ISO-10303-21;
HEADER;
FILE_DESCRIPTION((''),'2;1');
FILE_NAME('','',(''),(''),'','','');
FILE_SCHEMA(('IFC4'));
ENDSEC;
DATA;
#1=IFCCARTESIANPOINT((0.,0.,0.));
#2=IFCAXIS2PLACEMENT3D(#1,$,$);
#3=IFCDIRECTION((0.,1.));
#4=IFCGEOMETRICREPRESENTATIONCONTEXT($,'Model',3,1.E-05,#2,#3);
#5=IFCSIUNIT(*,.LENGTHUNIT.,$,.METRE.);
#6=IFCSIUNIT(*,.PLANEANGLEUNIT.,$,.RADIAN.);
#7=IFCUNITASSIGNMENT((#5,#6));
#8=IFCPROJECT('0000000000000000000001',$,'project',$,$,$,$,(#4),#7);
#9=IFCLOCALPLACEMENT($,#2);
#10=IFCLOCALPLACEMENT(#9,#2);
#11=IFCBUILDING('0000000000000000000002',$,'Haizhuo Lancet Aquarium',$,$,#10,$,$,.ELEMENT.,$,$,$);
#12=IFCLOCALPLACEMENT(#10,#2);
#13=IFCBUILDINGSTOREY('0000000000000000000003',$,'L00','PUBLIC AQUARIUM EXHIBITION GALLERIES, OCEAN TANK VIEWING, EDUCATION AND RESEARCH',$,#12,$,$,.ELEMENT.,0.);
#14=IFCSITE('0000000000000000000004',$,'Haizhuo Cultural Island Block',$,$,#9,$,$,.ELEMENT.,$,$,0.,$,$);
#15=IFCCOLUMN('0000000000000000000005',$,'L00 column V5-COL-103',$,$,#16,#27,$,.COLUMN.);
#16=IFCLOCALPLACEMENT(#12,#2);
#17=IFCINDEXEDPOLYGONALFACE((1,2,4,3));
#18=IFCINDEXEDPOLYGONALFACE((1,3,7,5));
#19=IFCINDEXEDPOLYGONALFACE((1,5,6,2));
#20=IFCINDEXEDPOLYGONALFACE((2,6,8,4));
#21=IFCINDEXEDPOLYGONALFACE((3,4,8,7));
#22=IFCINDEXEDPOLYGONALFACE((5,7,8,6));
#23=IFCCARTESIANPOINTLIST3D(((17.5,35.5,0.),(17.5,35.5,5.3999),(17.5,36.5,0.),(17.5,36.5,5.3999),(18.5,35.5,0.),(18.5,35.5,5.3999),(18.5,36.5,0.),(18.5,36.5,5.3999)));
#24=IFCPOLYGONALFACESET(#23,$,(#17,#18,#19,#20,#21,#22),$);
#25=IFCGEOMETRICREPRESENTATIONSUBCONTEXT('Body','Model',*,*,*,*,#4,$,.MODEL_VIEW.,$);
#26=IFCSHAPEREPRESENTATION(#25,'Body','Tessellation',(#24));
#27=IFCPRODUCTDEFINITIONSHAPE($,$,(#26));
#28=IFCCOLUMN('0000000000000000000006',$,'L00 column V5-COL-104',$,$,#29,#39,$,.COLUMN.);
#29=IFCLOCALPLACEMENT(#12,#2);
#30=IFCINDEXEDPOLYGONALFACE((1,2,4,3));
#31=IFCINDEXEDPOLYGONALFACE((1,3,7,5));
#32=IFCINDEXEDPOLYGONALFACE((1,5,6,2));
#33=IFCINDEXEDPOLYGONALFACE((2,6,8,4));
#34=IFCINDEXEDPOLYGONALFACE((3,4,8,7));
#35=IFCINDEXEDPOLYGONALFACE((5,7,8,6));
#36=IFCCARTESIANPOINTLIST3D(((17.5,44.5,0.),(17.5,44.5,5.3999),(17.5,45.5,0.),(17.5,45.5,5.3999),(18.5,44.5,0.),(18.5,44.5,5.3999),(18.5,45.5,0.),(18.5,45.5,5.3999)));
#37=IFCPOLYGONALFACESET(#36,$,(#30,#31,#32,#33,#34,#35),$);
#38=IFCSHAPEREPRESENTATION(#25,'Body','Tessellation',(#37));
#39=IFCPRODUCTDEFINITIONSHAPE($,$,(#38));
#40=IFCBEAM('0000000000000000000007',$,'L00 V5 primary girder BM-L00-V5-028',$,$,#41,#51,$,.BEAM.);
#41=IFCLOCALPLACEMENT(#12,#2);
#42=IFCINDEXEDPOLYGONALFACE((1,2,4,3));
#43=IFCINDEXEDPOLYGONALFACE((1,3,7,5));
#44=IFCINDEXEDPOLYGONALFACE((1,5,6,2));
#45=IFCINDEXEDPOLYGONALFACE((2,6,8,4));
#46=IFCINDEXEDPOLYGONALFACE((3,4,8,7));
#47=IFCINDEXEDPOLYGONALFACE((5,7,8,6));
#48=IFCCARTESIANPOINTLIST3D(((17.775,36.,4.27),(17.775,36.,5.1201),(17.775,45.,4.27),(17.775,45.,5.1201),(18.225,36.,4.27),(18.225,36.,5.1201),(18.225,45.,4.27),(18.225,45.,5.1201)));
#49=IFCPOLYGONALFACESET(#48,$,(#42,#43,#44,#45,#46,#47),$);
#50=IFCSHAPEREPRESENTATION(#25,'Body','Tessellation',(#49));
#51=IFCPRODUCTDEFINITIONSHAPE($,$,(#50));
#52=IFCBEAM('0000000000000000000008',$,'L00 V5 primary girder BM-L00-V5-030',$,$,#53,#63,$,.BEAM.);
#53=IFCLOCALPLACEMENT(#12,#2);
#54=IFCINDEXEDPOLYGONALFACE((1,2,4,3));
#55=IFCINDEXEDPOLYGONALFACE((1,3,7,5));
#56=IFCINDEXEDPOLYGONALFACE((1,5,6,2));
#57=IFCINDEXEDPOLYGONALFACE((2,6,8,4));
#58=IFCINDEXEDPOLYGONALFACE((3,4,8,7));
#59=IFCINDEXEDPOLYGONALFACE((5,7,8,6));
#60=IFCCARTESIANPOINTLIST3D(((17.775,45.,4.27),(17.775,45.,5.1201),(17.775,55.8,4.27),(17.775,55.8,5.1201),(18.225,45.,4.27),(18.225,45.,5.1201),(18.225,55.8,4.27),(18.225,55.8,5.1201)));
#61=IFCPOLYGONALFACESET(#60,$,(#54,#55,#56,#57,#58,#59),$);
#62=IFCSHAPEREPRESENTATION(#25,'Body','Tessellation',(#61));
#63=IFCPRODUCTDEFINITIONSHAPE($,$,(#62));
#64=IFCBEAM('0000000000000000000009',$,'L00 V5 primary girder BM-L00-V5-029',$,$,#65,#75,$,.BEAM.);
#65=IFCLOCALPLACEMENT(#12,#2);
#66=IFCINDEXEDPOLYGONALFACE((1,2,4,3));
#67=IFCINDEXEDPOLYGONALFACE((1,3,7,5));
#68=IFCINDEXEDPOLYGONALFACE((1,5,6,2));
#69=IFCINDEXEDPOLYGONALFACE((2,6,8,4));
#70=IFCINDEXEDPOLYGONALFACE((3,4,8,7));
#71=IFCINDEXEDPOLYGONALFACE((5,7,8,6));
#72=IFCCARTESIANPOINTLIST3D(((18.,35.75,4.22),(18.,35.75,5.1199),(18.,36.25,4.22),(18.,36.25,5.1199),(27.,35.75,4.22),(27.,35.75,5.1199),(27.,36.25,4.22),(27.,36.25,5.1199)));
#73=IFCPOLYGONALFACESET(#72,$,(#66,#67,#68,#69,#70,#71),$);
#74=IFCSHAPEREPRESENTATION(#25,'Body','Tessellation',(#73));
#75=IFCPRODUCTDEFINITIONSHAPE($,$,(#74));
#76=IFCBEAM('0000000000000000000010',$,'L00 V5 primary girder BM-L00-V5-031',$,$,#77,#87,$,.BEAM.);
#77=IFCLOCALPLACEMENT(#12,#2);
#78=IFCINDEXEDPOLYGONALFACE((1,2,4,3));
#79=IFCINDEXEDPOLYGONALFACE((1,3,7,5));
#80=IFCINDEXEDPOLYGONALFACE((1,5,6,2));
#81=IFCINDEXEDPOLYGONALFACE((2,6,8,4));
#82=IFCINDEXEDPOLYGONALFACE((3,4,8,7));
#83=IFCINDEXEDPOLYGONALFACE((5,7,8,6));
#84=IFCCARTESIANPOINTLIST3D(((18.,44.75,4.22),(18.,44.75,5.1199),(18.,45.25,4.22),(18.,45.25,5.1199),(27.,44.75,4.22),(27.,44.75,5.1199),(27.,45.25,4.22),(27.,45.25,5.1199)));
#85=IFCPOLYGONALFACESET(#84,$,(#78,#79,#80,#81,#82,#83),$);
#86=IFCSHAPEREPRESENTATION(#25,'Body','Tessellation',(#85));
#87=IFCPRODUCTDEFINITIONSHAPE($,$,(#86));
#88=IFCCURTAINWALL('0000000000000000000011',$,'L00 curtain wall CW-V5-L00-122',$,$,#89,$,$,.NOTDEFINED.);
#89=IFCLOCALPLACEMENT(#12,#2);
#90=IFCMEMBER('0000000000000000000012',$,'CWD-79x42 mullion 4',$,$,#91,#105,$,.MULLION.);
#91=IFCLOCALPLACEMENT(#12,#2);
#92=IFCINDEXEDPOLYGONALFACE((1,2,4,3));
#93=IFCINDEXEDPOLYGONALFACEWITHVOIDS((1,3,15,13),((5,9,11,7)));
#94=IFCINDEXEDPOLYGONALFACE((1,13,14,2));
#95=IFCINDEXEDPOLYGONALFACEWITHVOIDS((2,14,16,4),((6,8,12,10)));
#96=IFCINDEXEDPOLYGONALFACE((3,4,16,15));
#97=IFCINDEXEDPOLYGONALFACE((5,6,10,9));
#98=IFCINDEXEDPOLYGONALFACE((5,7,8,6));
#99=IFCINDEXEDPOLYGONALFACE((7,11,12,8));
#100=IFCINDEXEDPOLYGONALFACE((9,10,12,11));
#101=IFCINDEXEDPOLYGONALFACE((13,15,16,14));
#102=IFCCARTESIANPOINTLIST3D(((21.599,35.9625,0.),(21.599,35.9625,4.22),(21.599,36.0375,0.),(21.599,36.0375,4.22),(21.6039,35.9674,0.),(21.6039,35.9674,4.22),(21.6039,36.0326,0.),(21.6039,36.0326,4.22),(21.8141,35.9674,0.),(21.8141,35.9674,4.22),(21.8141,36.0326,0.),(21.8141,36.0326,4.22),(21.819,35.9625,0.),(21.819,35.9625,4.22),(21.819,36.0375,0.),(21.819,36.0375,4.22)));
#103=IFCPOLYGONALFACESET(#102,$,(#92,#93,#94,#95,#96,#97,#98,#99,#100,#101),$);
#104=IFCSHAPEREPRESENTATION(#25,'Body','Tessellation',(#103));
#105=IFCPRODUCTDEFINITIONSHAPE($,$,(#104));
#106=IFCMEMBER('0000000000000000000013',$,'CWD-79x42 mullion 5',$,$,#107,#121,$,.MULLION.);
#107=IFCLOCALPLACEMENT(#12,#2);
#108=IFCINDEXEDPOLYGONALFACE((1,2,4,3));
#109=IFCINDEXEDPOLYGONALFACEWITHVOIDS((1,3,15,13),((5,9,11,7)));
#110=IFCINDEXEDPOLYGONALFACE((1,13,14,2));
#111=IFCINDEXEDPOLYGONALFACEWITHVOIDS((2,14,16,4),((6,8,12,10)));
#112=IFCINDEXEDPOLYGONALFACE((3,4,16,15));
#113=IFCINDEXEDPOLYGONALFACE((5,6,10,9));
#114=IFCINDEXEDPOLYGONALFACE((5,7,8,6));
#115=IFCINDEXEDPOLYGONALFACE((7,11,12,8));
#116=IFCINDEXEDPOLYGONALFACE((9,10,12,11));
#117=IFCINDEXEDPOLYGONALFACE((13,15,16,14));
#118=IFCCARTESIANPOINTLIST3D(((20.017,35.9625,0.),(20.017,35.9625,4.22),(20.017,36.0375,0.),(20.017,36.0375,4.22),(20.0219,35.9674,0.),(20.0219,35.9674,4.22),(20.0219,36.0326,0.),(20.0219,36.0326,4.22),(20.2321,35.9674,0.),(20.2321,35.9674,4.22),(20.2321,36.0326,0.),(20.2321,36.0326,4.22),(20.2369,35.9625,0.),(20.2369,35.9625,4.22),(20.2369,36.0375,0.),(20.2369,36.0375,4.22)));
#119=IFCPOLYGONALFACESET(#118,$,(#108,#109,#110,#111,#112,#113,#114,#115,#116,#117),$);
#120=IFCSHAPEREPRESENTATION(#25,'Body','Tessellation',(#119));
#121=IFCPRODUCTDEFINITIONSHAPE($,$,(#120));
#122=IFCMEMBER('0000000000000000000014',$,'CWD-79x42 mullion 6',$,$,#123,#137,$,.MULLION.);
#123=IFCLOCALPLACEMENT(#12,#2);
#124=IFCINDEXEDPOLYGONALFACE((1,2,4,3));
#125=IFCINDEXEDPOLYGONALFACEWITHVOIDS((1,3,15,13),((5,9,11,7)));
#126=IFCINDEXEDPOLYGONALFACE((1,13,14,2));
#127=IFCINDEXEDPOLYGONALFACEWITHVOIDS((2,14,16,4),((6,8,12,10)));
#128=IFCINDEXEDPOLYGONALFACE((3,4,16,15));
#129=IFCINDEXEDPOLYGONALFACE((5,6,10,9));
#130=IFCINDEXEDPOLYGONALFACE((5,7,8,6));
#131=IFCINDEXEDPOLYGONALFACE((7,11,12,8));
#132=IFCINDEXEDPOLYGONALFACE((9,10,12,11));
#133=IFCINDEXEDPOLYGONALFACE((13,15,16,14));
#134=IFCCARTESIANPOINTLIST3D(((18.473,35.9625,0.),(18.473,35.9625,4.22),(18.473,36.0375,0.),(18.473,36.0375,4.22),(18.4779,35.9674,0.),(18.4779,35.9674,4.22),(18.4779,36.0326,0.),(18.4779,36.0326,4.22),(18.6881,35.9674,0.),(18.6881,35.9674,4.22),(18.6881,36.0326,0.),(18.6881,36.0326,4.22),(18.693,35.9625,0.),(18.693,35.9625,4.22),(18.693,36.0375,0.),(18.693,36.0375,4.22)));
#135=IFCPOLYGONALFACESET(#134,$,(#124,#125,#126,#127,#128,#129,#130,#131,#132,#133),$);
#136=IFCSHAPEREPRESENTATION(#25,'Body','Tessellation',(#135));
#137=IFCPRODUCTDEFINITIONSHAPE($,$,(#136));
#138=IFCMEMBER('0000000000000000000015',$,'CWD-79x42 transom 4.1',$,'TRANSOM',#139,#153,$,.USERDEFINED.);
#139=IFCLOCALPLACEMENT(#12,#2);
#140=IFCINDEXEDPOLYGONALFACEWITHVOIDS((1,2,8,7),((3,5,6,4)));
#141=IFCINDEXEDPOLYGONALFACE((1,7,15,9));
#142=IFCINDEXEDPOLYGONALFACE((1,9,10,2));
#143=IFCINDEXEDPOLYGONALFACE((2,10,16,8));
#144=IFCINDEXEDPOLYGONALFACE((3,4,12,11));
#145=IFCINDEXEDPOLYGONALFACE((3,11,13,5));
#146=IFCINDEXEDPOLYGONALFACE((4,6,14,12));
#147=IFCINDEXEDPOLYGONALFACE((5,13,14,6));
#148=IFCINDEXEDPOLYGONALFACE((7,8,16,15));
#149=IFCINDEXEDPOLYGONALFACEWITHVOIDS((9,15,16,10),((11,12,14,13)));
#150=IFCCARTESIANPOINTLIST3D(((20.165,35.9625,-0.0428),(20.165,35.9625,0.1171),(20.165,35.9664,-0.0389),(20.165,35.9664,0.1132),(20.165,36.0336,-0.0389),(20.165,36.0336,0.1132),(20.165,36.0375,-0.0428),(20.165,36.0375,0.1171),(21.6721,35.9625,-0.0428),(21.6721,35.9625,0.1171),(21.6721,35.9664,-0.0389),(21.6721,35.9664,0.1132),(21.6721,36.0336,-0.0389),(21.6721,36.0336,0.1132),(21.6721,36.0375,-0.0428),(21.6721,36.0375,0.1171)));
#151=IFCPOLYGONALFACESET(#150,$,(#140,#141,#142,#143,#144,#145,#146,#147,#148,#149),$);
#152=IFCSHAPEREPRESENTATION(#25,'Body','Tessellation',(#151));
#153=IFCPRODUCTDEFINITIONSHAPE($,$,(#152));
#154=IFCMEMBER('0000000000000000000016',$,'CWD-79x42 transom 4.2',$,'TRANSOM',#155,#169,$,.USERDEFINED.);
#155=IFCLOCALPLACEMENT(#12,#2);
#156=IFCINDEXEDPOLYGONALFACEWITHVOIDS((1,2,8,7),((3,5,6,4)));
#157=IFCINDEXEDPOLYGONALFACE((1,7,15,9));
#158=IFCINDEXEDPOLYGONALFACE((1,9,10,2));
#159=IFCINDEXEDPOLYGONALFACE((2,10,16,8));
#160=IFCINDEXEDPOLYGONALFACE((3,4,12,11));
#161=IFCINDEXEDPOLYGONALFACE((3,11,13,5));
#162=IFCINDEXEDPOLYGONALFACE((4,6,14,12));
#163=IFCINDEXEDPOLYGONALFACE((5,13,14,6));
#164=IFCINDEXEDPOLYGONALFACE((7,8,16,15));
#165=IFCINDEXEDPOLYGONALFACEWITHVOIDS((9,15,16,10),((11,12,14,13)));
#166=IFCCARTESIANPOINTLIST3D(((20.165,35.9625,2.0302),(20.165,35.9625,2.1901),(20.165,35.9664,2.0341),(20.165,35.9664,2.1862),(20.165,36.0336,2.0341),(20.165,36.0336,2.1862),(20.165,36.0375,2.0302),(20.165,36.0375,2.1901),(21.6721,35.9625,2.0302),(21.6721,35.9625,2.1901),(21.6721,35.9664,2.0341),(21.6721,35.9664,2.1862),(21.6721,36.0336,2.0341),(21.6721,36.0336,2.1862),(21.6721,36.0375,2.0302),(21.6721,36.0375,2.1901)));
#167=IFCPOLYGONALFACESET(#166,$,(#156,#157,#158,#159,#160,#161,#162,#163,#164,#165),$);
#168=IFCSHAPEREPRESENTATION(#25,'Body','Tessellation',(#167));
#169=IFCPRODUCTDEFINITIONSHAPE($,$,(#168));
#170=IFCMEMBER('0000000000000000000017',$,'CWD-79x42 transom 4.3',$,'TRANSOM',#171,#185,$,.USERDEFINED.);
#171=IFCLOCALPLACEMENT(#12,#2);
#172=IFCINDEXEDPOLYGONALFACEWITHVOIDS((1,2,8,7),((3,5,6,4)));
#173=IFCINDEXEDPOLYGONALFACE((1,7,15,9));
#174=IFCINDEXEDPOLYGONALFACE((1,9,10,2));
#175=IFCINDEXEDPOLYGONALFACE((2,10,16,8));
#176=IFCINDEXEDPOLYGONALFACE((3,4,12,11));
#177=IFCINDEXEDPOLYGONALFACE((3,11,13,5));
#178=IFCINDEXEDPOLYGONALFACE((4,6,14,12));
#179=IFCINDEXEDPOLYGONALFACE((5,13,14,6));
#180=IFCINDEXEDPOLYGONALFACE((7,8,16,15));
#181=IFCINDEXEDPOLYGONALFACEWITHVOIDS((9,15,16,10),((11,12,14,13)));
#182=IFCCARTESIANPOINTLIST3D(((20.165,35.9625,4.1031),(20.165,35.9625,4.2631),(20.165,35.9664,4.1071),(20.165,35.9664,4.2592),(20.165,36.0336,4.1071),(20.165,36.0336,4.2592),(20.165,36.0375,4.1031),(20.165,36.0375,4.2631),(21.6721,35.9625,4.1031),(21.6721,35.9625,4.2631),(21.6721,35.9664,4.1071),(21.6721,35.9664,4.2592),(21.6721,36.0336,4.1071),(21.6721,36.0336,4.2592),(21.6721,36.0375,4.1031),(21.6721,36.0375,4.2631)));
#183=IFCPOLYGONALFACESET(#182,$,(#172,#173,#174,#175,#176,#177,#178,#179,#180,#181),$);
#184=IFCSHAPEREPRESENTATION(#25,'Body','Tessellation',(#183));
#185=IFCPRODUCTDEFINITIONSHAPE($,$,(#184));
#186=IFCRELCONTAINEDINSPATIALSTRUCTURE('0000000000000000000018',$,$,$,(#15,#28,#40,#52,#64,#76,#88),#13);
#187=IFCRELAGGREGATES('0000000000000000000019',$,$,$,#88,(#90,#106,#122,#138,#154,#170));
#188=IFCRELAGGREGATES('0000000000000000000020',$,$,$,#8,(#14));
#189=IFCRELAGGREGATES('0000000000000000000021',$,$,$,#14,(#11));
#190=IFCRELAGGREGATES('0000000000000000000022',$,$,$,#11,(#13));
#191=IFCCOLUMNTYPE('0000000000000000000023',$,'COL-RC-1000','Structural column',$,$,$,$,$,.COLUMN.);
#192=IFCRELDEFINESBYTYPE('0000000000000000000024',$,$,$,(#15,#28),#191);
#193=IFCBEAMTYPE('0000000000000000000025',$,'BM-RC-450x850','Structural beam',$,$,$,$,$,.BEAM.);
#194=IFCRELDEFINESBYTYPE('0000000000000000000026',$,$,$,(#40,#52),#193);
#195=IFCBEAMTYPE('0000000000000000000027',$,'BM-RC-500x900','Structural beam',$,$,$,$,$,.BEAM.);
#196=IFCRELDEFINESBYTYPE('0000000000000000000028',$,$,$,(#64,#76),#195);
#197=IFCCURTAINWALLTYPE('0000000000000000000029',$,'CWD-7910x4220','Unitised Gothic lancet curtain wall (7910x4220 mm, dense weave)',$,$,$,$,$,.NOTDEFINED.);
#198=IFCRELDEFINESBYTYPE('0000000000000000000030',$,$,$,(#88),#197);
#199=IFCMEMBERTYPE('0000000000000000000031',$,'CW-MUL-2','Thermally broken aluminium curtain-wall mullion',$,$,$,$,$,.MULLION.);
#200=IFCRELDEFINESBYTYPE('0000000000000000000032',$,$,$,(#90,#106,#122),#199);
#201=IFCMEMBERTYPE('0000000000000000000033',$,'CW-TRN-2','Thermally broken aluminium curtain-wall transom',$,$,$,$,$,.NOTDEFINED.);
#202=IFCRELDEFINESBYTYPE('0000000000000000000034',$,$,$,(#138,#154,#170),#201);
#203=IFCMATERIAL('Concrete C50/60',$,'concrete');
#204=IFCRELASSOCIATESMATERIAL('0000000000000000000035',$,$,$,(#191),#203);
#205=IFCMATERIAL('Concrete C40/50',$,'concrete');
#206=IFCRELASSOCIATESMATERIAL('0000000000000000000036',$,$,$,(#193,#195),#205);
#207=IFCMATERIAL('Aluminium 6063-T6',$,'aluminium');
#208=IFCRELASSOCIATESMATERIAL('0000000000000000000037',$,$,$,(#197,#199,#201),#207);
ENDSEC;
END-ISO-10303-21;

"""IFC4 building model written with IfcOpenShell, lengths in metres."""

from ifc_helpers import new_model, si_unit, direction, frame, origin, origin_2d, place, context, subcontext, project, spatial, rectangle, hollow_rectangle, extrude, material, material_profile, profile_set, type_object, element, aggregate, save


model = new_model("IFC4")

# Units and contexts
model_context = context("Model", 3, precision=1e-05, world=origin(), true_north=direction((0.0, 1.0)))
body_context = subcontext(model_context, "Body", "Model", "MODEL_VIEW")
ifc_project = project(units=[si_unit("LENGTHUNIT", "METRE"), si_unit("PLANEANGLEUNIT", "RADIAN")], contexts=[model_context])

# Site, building, storey
site_placement = place(None, origin())
site = spatial("IfcSite", under=ifc_project, at=site_placement, Name="Haizhuo Cultural Island Block", CompositionType="ELEMENT", RefElevation=0.0)
building_placement = place(site_placement, origin())
building = spatial("IfcBuilding", under=site, at=building_placement, Name="Haizhuo Lancet Aquarium", CompositionType="ELEMENT")
storey_placement = place(building_placement, origin())
storey = spatial("IfcBuildingStorey", under=building, at=storey_placement, Name="L00", Description="PUBLIC AQUARIUM EXHIBITION GALLERIES, OCEAN TANK VIEWING, EDUCATION AND RESEARCH", CompositionType="ELEMENT", Elevation=0.0)

# Columns
ifc_material_1 = material(Name="Concrete C50/60", Category="concrete")
ifc_material_profile_1 = material_profile(ifc_material_1, rectangle(XDim=1.0, YDim=1.0, at=origin_2d()), Name="RC-COL 1000x1000")
ifc_profile_set_1 = profile_set([ifc_material_profile_1], Name="Concrete C50/60")
column_type = type_object("IfcColumnType", Name="COL-RC-1000", Description="Structural column", PredefinedType="COLUMN", material=ifc_profile_set_1)
for number, where, z_axis, x_axis, name in (
    (1, (18.0, 36.0, 0.0), (0.0, 0.0, 1.0), (1.0, 0.0, 0.0), "L00 column V5-COL-103"),
    (2, (18.0, 45.0, 0.0), (0.0, 0.0, 1.0), (1.0, 0.0, 0.0), "L00 column V5-COL-104"),
):
    element("IfcColumn", number, at=place(storey_placement, frame(where, z_axis=z_axis, x_axis=x_axis)), inside=storey, type_object=column_type, Name=name, PredefinedType="COLUMN", context=body_context, shape_type="SweptSolid", body=[
        extrude(rectangle(XDim=1.0, YDim=1.0, at=origin_2d()), origin(), (0.0, 0.0, 1.0), 5.3999),
    ])

# Beams
ifc_material_2 = material(Name="Concrete C40/50", Category="concrete")
ifc_material_profile_2 = material_profile(ifc_material_2, rectangle(XDim=0.45, YDim=0.8501, at=origin_2d()), Name="RC-BM 450x850")
ifc_profile_set_2 = profile_set([ifc_material_profile_2], Name="Concrete C40/50")
beam_type_1 = type_object("IfcBeamType", Name="BM-RC-450x850", Description="Structural beam", PredefinedType="BEAM", material=ifc_profile_set_2)
beam_1_placement = place(storey_placement, frame((18.0, 36.0, 4.6951), z_axis=(0.0, 1.0, 0.0), x_axis=(-1.0, 0.0, 0.0)))
element("IfcBeam", 3, at=beam_1_placement, inside=storey, type_object=beam_type_1, Name="L00 V5 primary girder BM-L00-V5-028", PredefinedType="BEAM", context=body_context, shape_type="SweptSolid", body=[
    extrude(rectangle(XDim=0.45, YDim=0.8501, at=origin_2d()), origin(), (0.0, 0.0, 1.0), 9.0),
])
beam_2_placement = place(storey_placement, frame((18.0, 45.0, 4.6951), z_axis=(0.0, 1.0, 0.0), x_axis=(-1.0, 0.0, 0.0)))
element("IfcBeam", 4, at=beam_2_placement, inside=storey, type_object=beam_type_1, Name="L00 V5 primary girder BM-L00-V5-030", PredefinedType="BEAM", context=body_context, shape_type="SweptSolid", body=[
    extrude(rectangle(XDim=0.45, YDim=0.8501, at=origin_2d()), origin(), (0.0, 0.0, 1.0), 10.8),
])
ifc_material_profile_3 = material_profile(ifc_material_2, rectangle(XDim=0.5, YDim=0.8999, at=origin_2d()), Name="RC-BM 500x900")
ifc_profile_set_3 = profile_set([ifc_material_profile_3], Name="Concrete C40/50")
beam_type_2 = type_object("IfcBeamType", Name="BM-RC-500x900", Description="Structural beam", PredefinedType="BEAM", material=ifc_profile_set_3)
for number, where, z_axis, x_axis, name in (
    (5, (18.0, 36.0, 4.6699), (1.0, 0.0, 0.0), (0.0, 1.0, 0.0), "L00 V5 primary girder BM-L00-V5-029"),
    (6, (18.0, 45.0, 4.6699), (1.0, 0.0, 0.0), (0.0, 1.0, 0.0), "L00 V5 primary girder BM-L00-V5-031"),
):
    element("IfcBeam", number, at=place(storey_placement, frame(where, z_axis=z_axis, x_axis=x_axis)), inside=storey, type_object=beam_type_2, Name=name, PredefinedType="BEAM", context=body_context, shape_type="SweptSolid", body=[
        extrude(rectangle(XDim=0.5, YDim=0.8999, at=origin_2d()), origin(), (0.0, 0.0, 1.0), 9.0),
    ])

# Curtain wall, members
ifc_material_3 = material(Name="Aluminium 6063-T6", Category="aluminium")
curtain_wall_type = type_object("IfcCurtainWallType", Name="CWD-7910x4220", Description="Unitised Gothic lancet curtain wall (7910x4220 mm, dense weave)", PredefinedType="NOTDEFINED", material=ifc_material_3)
curtain_wall_placement = place(storey_placement, origin())
curtain_wall = element("IfcCurtainWall", 7, at=curtain_wall_placement, inside=storey, type_object=curtain_wall_type, Name="L00 curtain wall CW-V5-L00-122", PredefinedType="NOTDEFINED")
ifc_material_profile_4 = material_profile(ifc_material_3, hollow_rectangle(XDim=0.075, YDim=0.22, WallThickness=0.0049, at=origin_2d()), Name="ALU-M 75x220x5")
ifc_profile_set_4 = profile_set([ifc_material_profile_4], Name="Aluminium 6063-T6")
member_type_1 = type_object("IfcMemberType", Name="CW-MUL-2", Description="Thermally broken aluminium curtain-wall mullion", PredefinedType="MULLION", material=ifc_profile_set_4)
member_1_placement = place(storey_placement, frame((21.709, 36.0, 0.0), z_axis=(0.0, 0.0, 1.0), x_axis=(0.0, -1.0, 0.0)))
member_1 = element("IfcMember", 8, at=member_1_placement, type_object=member_type_1, Name="CWD-79x42 mullion 4", PredefinedType="MULLION", context=body_context, shape_type="SweptSolid", body=[
    extrude(hollow_rectangle(XDim=0.075, YDim=0.22, WallThickness=0.0049, at=origin_2d()), origin(), (0.0, 0.0, 1.0), 4.22),
])
member_2_placement = place(storey_placement, frame((20.127, 36.0, 0.0), z_axis=(0.0, 0.0, 1.0), x_axis=(0.0, -1.0, 0.0)))
member_2 = element("IfcMember", 9, at=member_2_placement, type_object=member_type_1, Name="CWD-79x42 mullion 5", PredefinedType="MULLION", context=body_context, shape_type="SweptSolid", body=[
    extrude(hollow_rectangle(XDim=0.075, YDim=0.22, WallThickness=0.0049, at=origin_2d()), origin(), (0.0, 0.0, 1.0), 4.22),
])
member_3_placement = place(storey_placement, frame((18.583, 36.0, 0.0), z_axis=(0.0, 0.0, 1.0), x_axis=(0.0, -1.0, 0.0)))
member_3 = element("IfcMember", 10, at=member_3_placement, type_object=member_type_1, Name="CWD-79x42 mullion 6", PredefinedType="MULLION", context=body_context, shape_type="SweptSolid", body=[
    extrude(hollow_rectangle(XDim=0.075, YDim=0.22, WallThickness=0.0049, at=origin_2d()), origin(), (0.0, 0.0, 1.0), 4.22),
])
ifc_material_profile_5 = material_profile(ifc_material_3, hollow_rectangle(XDim=0.075, YDim=0.1599, WallThickness=0.0039, at=origin_2d()), Name="ALU-T 75x160x4")
ifc_profile_set_5 = profile_set([ifc_material_profile_5], Name="Aluminium 6063-T6")
member_type_2 = type_object("IfcMemberType", Name="CW-TRN-2", Description="Thermally broken aluminium curtain-wall transom", PredefinedType="NOTDEFINED", material=ifc_profile_set_5)
member_4_placement = place(storey_placement, frame((21.6721, 36.0, 0.0371), z_axis=(-1.0, 0.0, 0.0), x_axis=(0.0, -1.0, 0.0)))
member_4 = element("IfcMember", 11, at=member_4_placement, type_object=member_type_2, Name="CWD-79x42 transom 4.1", ObjectType="TRANSOM", PredefinedType="USERDEFINED", context=body_context, shape_type="SweptSolid", body=[
    extrude(hollow_rectangle(XDim=0.075, YDim=0.1599, WallThickness=0.0039, at=origin_2d()), origin(), (0.0, 0.0, 1.0), 1.5071),
])
member_5_placement = place(storey_placement, frame((21.6721, 36.0, 2.1101), z_axis=(-1.0, 0.0, 0.0), x_axis=(0.0, -1.0, 0.0)))
member_5 = element("IfcMember", 12, at=member_5_placement, type_object=member_type_2, Name="CWD-79x42 transom 4.2", ObjectType="TRANSOM", PredefinedType="USERDEFINED", context=body_context, shape_type="SweptSolid", body=[
    extrude(hollow_rectangle(XDim=0.075, YDim=0.1599, WallThickness=0.0039, at=origin_2d()), origin(), (0.0, 0.0, 1.0), 1.5071),
])
member_6_placement = place(storey_placement, frame((21.6721, 36.0, 4.1831), z_axis=(-1.0, 0.0, 0.0), x_axis=(0.0, -1.0, 0.0)))
member_6 = element("IfcMember", 13, at=member_6_placement, type_object=member_type_2, Name="CWD-79x42 transom 4.3", ObjectType="TRANSOM", PredefinedType="USERDEFINED", context=body_context, shape_type="SweptSolid", body=[
    extrude(hollow_rectangle(XDim=0.075, YDim=0.1599, WallThickness=0.0039, at=origin_2d()), origin(), (0.0, 0.0, 1.0), 1.5071),
])

aggregate(curtain_wall, [member_1, member_2, member_3, member_4, member_5, member_6])

save(model, "model.ifc")
